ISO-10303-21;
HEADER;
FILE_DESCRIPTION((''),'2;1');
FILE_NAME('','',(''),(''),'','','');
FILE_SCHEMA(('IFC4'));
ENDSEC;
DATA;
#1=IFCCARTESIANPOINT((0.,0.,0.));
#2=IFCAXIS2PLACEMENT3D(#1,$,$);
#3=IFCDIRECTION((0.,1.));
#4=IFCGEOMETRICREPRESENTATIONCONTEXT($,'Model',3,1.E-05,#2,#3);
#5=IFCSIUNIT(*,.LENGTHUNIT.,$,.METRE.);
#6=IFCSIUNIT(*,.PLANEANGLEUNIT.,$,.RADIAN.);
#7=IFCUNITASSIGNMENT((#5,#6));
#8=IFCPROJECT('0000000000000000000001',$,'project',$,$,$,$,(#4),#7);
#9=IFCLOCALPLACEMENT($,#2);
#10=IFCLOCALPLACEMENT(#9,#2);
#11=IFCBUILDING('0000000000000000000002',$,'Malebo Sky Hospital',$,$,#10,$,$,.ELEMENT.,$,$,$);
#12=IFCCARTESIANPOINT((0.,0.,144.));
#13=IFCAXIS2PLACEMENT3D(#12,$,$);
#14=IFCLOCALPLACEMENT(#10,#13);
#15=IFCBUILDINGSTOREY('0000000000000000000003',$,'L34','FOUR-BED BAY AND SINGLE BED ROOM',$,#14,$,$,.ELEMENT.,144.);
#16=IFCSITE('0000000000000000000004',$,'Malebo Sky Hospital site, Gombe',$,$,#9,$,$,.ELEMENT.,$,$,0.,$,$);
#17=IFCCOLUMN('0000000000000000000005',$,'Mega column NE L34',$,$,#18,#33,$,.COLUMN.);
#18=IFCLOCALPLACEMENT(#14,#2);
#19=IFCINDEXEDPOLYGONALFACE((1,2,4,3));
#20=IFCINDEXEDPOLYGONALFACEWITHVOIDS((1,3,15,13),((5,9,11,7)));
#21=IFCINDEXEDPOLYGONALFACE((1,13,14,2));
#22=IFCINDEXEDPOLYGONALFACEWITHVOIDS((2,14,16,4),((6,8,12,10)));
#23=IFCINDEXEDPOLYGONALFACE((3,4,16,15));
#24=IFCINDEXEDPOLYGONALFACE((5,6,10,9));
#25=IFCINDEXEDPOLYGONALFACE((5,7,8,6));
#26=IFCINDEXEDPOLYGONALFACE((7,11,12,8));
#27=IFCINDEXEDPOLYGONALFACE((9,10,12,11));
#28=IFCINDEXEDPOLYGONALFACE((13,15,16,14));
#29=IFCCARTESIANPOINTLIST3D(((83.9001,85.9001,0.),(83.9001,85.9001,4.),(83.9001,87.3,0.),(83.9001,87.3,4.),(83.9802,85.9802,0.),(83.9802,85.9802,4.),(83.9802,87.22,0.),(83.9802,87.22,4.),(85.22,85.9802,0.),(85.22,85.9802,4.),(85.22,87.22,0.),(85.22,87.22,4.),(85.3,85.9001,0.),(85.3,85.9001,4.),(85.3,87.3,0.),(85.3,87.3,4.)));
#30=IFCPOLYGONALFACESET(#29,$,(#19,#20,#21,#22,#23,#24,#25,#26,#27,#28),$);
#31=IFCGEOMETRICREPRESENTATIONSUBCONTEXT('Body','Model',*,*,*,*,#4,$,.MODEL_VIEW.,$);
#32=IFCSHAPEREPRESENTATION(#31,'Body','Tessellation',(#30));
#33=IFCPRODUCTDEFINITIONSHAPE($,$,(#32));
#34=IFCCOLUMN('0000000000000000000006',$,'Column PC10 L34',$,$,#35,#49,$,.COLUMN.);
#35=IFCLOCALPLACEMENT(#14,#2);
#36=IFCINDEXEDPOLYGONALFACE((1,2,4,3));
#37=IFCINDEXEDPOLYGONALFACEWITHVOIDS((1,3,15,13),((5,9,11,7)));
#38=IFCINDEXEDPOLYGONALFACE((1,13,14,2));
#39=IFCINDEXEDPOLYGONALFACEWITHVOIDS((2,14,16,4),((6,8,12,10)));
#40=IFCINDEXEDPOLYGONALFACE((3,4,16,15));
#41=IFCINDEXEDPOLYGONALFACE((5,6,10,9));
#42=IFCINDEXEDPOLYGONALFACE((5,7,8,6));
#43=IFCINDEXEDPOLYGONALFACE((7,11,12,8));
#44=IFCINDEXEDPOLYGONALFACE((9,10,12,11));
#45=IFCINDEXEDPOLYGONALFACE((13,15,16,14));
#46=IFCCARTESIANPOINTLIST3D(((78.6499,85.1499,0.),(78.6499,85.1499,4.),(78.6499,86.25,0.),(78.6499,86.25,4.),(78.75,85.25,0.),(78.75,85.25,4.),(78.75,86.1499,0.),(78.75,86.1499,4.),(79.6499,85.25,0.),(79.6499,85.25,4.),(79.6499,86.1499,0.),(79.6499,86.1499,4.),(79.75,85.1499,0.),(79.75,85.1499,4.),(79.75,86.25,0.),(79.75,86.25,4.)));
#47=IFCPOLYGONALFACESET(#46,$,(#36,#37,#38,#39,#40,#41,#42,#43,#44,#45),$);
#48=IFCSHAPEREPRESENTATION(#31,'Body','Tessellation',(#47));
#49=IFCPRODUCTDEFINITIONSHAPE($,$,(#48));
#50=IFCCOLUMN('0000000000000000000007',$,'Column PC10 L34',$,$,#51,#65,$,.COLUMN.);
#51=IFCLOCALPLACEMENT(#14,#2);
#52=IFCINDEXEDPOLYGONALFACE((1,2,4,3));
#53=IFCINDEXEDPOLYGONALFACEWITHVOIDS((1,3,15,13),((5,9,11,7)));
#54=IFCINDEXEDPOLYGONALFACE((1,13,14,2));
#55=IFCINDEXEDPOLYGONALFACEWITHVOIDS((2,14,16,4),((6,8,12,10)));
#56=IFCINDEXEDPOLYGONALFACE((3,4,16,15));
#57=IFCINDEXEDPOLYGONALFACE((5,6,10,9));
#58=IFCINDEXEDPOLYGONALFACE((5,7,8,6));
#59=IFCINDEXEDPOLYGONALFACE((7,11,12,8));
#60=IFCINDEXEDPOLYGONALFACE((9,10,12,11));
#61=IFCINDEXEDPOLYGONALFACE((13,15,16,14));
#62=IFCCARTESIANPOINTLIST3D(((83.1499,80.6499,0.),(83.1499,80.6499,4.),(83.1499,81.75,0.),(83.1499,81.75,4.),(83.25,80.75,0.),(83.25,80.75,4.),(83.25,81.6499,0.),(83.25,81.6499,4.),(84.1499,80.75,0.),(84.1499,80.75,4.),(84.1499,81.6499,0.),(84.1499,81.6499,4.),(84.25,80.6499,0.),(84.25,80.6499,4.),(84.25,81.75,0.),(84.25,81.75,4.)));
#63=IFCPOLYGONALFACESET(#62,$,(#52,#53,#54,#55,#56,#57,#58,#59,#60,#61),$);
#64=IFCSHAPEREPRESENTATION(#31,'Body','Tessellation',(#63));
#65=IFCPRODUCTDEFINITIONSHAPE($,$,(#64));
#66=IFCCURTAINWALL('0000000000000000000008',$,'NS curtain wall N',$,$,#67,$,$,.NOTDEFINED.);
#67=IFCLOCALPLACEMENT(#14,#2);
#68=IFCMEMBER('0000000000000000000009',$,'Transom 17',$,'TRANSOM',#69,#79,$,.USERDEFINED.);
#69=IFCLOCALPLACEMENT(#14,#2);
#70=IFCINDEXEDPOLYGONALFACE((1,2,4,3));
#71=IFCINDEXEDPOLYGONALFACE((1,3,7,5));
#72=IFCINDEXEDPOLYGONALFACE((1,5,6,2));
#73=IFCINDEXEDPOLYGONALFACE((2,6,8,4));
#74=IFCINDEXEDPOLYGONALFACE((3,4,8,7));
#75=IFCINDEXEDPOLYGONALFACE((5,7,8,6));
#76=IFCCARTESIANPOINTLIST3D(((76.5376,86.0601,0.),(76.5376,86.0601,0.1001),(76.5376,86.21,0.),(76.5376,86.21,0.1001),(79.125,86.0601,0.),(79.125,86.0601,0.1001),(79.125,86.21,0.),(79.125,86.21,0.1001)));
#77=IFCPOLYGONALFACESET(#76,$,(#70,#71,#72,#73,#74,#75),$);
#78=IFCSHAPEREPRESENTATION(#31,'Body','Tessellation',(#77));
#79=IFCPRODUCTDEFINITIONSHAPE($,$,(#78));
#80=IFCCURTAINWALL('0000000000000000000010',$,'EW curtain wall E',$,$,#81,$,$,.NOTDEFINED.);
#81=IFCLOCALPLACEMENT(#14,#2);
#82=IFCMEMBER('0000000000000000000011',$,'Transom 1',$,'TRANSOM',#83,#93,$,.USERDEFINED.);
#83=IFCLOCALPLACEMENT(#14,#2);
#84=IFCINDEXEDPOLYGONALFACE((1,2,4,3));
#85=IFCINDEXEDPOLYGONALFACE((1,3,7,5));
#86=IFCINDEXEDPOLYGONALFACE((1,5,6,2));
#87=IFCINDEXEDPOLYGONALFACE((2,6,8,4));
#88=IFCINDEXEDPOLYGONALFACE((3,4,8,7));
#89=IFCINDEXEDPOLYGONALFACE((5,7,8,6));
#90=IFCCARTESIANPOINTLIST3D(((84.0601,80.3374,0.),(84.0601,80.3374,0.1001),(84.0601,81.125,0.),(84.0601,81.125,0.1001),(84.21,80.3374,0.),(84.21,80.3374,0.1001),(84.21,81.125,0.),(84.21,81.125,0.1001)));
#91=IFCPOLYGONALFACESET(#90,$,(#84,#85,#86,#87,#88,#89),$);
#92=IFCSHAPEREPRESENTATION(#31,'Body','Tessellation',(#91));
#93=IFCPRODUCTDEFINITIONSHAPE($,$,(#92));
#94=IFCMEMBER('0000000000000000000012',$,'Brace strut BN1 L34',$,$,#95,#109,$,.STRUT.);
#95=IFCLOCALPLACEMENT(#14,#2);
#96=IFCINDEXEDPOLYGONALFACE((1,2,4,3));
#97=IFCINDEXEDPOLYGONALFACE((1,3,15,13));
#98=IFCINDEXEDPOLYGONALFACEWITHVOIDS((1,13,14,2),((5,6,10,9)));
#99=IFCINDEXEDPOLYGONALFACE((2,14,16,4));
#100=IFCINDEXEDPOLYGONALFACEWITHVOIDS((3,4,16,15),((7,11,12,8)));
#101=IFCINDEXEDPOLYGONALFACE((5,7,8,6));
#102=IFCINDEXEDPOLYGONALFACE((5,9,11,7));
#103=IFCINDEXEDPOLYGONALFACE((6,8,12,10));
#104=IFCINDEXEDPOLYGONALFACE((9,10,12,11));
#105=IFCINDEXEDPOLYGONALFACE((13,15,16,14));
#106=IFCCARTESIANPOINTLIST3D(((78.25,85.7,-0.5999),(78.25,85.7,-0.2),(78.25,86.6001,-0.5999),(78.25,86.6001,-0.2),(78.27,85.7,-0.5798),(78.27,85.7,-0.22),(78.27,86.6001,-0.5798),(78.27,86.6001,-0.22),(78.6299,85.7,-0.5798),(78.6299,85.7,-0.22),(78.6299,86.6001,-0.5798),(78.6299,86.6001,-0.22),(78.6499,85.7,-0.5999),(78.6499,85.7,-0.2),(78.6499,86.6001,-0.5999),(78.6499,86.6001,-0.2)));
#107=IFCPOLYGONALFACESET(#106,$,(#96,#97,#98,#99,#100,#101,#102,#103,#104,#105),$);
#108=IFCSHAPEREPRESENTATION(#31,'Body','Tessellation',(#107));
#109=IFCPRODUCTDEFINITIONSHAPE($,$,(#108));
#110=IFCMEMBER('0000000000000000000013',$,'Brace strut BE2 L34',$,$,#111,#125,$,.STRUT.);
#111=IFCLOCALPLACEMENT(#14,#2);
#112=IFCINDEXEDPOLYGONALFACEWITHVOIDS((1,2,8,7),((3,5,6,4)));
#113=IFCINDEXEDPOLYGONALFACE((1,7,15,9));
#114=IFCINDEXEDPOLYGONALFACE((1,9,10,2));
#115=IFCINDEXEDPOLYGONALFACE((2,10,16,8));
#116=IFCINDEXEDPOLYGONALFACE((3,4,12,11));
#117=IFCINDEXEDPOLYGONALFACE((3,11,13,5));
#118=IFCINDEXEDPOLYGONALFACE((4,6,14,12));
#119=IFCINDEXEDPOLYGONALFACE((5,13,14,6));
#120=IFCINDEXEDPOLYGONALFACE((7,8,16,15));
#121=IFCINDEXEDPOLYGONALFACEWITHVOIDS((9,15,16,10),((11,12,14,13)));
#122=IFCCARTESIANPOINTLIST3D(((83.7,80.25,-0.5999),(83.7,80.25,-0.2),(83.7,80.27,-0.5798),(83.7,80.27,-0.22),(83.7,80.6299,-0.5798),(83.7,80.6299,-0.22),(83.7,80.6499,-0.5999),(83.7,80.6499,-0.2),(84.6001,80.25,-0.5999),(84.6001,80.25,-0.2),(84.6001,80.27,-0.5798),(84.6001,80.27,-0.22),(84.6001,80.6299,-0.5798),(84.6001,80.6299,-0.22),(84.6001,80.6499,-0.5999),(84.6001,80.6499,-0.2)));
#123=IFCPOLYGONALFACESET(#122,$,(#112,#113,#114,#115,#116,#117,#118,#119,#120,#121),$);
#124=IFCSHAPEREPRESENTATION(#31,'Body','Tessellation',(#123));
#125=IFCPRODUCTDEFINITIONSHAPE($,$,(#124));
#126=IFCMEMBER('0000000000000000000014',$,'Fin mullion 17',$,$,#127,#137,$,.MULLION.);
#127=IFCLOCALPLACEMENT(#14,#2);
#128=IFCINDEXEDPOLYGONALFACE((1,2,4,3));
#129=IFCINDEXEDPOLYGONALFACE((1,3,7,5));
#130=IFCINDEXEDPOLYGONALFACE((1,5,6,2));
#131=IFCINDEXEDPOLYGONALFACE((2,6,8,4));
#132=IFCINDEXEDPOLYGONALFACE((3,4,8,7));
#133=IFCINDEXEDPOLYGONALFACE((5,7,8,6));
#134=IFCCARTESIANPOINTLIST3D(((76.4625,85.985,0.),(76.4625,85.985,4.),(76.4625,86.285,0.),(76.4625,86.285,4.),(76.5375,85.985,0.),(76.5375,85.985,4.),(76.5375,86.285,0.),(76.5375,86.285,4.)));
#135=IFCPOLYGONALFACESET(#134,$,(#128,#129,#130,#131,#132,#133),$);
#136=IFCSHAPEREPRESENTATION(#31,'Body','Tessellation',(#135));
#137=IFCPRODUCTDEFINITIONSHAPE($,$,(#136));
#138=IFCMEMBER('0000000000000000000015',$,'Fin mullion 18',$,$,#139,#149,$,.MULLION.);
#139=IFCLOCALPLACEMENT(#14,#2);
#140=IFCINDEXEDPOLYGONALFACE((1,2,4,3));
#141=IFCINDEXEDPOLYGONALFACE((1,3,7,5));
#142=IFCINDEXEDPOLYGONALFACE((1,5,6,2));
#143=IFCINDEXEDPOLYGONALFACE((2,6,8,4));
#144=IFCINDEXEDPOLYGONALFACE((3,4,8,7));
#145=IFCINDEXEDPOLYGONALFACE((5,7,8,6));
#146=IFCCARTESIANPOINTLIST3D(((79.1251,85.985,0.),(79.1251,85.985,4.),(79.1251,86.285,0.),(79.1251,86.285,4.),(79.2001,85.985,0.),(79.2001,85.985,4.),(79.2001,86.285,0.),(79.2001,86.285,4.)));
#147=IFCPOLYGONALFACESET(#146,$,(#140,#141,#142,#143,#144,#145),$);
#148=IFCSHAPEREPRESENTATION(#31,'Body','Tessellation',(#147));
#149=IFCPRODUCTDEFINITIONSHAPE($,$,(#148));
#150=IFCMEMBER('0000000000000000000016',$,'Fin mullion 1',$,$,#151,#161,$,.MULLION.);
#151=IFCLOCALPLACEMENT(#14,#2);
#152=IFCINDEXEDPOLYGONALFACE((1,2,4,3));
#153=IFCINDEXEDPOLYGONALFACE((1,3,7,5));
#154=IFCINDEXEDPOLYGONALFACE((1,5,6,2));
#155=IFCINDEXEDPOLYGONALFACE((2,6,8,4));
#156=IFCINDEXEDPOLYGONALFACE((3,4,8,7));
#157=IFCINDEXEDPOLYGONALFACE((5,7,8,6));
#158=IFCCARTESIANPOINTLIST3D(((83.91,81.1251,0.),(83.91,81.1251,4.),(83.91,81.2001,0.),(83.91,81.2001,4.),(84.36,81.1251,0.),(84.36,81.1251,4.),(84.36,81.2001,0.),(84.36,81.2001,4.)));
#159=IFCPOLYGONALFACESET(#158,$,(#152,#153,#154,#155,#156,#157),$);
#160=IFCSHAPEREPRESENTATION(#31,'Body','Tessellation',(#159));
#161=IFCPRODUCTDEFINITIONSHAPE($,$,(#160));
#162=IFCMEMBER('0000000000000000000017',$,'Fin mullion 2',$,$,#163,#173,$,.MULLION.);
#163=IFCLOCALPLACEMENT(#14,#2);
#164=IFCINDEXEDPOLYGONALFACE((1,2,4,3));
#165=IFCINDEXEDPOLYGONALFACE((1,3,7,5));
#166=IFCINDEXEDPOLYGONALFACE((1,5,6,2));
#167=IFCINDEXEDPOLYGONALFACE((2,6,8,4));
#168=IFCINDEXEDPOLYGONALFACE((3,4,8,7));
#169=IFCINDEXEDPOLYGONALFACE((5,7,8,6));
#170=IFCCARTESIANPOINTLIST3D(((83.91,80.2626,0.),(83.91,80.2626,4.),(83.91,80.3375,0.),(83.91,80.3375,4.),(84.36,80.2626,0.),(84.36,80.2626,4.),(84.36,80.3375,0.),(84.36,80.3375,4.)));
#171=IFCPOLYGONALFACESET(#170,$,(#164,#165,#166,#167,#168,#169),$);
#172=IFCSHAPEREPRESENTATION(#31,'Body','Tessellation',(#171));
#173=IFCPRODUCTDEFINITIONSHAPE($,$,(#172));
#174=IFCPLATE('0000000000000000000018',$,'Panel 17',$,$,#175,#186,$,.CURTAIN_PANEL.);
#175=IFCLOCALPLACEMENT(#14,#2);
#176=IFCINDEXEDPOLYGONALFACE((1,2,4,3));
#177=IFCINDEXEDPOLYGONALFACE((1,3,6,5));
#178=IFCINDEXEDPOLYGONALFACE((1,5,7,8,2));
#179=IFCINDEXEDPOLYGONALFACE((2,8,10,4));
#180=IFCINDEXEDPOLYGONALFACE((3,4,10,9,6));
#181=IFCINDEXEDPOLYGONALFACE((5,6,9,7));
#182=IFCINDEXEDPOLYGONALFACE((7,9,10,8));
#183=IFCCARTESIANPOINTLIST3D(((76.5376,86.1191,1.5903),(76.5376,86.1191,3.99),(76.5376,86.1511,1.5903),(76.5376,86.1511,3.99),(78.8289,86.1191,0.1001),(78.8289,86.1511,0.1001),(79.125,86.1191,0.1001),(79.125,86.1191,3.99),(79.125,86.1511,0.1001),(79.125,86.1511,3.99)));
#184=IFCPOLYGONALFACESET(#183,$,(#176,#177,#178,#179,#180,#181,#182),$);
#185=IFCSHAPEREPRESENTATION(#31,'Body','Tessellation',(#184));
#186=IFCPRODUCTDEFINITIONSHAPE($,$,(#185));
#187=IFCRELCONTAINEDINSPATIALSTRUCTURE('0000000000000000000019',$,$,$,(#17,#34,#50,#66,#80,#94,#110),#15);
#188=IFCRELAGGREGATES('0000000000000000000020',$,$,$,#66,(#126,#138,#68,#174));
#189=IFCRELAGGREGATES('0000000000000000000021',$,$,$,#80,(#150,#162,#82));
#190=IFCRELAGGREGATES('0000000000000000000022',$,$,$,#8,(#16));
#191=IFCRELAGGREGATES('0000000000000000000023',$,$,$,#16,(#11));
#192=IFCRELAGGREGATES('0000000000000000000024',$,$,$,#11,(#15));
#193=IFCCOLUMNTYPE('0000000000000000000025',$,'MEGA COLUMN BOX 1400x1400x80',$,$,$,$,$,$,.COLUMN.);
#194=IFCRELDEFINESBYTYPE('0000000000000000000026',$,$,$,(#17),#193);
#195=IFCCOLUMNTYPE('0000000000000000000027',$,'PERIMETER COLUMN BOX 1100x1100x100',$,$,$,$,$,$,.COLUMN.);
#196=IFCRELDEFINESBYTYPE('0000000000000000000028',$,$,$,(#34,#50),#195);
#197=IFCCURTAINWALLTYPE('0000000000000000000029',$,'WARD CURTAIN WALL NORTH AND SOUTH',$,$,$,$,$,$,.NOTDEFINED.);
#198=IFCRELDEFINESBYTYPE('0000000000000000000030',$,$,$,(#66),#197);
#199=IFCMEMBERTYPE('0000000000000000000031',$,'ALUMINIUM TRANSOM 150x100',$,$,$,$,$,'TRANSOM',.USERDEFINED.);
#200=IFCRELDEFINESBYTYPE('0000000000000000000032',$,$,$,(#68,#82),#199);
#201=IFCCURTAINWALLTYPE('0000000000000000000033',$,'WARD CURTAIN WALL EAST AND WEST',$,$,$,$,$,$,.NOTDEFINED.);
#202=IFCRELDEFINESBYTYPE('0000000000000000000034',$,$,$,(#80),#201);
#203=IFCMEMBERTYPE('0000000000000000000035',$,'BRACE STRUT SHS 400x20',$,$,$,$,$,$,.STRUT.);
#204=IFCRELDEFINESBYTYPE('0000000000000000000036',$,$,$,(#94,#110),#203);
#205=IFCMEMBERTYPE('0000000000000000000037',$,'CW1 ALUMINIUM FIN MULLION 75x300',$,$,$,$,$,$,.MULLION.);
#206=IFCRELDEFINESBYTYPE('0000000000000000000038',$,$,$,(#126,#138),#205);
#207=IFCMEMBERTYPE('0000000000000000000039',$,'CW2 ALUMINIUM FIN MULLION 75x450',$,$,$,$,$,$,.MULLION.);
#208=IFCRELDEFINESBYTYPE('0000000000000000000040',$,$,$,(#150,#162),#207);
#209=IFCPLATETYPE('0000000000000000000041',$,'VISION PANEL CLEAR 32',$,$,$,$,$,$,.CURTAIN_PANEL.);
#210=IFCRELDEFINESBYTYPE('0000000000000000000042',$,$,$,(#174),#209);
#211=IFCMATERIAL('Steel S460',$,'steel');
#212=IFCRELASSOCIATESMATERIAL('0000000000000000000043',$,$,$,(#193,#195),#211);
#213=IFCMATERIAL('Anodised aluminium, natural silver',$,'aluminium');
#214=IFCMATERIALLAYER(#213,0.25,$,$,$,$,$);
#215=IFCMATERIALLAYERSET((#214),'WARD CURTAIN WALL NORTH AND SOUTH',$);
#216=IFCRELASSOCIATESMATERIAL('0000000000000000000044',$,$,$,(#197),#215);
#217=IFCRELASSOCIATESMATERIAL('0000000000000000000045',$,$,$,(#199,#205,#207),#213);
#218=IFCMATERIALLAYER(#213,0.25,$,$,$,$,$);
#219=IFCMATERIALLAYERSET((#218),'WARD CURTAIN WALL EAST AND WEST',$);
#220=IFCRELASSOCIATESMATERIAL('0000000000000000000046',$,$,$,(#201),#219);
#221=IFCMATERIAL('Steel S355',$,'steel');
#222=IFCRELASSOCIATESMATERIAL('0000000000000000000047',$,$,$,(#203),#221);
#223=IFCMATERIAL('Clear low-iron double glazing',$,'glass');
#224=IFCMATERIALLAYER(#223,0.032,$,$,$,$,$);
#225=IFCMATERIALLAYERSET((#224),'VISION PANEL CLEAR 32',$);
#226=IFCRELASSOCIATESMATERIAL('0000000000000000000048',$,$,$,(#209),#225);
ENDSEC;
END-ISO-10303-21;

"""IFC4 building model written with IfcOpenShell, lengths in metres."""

from ifc_helpers import new_model, si_unit, direction, frame, origin, origin_2d, place, context, subcontext, project, spatial, polyline, rectangle, hollow_rectangle, outline, extrude, material, layer, layer_set, material_profile, profile_set, type_object, element, aggregate, save


model = new_model("IFC4")

# Units and contexts
model_context = context("Model", 3, precision=1e-05, world=origin(), true_north=direction((0.0, 1.0)))
body_context = subcontext(model_context, "Body", "Model", "MODEL_VIEW")
ifc_project = project(units=[si_unit("LENGTHUNIT", "METRE"), si_unit("PLANEANGLEUNIT", "RADIAN")], contexts=[model_context])

# Site, building, storey
site_placement = place(None, origin())
site = spatial("IfcSite", under=ifc_project, at=site_placement, Name="Malebo Sky Hospital site, Gombe", CompositionType="ELEMENT", RefElevation=0.0)
building_placement = place(site_placement, origin())
building = spatial("IfcBuilding", under=site, at=building_placement, Name="Malebo Sky Hospital", CompositionType="ELEMENT")
storey_placement = place(building_placement, frame((0.0, 0.0, 144.0)))
storey = spatial("IfcBuildingStorey", under=building, at=storey_placement, Name="L34", Description="FOUR-BED BAY AND SINGLE BED ROOM", CompositionType="ELEMENT", Elevation=144.0)

# Columns
ifc_material_1 = material(Name="Steel S460", Category="steel")
ifc_material_profile_1 = material_profile(ifc_material_1, hollow_rectangle(XDim=1.3999, YDim=1.3999, WallThickness=0.0801, at=origin_2d()), Name="BOX 1400x1400x80")
ifc_profile_set_1 = profile_set([ifc_material_profile_1], Name="Steel S460")
column_type_1 = type_object("IfcColumnType", Name="MEGA COLUMN BOX 1400x1400x80", PredefinedType="COLUMN", material=ifc_profile_set_1)
column_placement = place(storey_placement, frame((84.6001, 86.6001, 0.0), z_axis=(0.0, 0.0, 1.0), x_axis=(1.0, 0.0, 0.0)))
element("IfcColumn", 1, at=column_placement, inside=storey, type_object=column_type_1, Name="Mega column NE L34", PredefinedType="COLUMN", context=body_context, shape_type="SweptSolid", body=[
    extrude(hollow_rectangle(XDim=1.3999, YDim=1.3999, WallThickness=0.0801, at=origin_2d()), origin(), (0.0, 0.0, 1.0), 4.0),
])
ifc_material_profile_2 = material_profile(ifc_material_1, hollow_rectangle(XDim=1.1001, YDim=1.1001, WallThickness=0.1001, at=origin_2d()), Name="BOX 1100x1100x100")
ifc_profile_set_2 = profile_set([ifc_material_profile_2], Name="Steel S460")
column_type_2 = type_object("IfcColumnType", Name="PERIMETER COLUMN BOX 1100x1100x100", PredefinedType="COLUMN", material=ifc_profile_set_2)
for number, where, z_axis, x_axis, name in (
    (2, (79.2, 85.7, 0.0), (0.0, 0.0, 1.0), (1.0, 0.0, 0.0), "Column PC10 L34"),
    (3, (83.7, 81.2, 0.0), (0.0, 0.0, 1.0), (1.0, 0.0, 0.0), "Column PC10 L34"),
):
    element("IfcColumn", number, at=place(storey_placement, frame(where, z_axis=z_axis, x_axis=x_axis)), inside=storey, type_object=column_type_2, Name=name, PredefinedType="COLUMN", context=body_context, shape_type="SweptSolid", body=[
        extrude(hollow_rectangle(XDim=1.1001, YDim=1.1001, WallThickness=0.1001, at=origin_2d()), origin(), (0.0, 0.0, 1.0), 4.0),
    ])

# Curtain walls, members
ifc_material_2 = material(Name="Anodised aluminium, natural silver", Category="aluminium")
ifc_layer_1 = layer(ifc_material_2, 0.25)
ifc_layer_set_1 = layer_set([ifc_layer_1], Name="WARD CURTAIN WALL NORTH AND SOUTH")
curtain_wall_type_1 = type_object("IfcCurtainWallType", Name="WARD CURTAIN WALL NORTH AND SOUTH", PredefinedType="NOTDEFINED", material=ifc_layer_set_1)
curtain_wall_1_placement = place(storey_placement, origin())
curtain_wall_1 = element("IfcCurtainWall", 4, at=curtain_wall_1_placement, inside=storey, type_object=curtain_wall_type_1, Name="NS curtain wall N", PredefinedType="NOTDEFINED")
ifc_material_profile_3 = material_profile(ifc_material_2, rectangle(XDim=0.1499, YDim=0.1001, at=origin_2d()), Name="ALUMINIUM TRANSOM 150x100")
ifc_profile_set_3 = profile_set([ifc_material_profile_3], Name="Anodised aluminium, natural silver")
member_type_1 = type_object("IfcMemberType", Name="ALUMINIUM TRANSOM 150x100", ElementType="TRANSOM", PredefinedType="USERDEFINED", material=ifc_profile_set_3)
member_1_placement = place(storey_placement, frame((76.5376, 86.135, 0.05), z_axis=(1.0, 0.0, 0.0), x_axis=(0.0, 1.0, 0.0)))
member_1 = element("IfcMember", 5, at=member_1_placement, type_object=member_type_1, Name="Transom 17", ObjectType="TRANSOM", PredefinedType="USERDEFINED", context=body_context, shape_type="SweptSolid", body=[
    extrude(rectangle(XDim=0.1499, YDim=0.1001, at=origin_2d()), origin(), (0.0, 0.0, 1.0), 2.5874),
])
ifc_layer_2 = layer(ifc_material_2, 0.25)
ifc_layer_set_2 = layer_set([ifc_layer_2], Name="WARD CURTAIN WALL EAST AND WEST")
curtain_wall_type_2 = type_object("IfcCurtainWallType", Name="WARD CURTAIN WALL EAST AND WEST", PredefinedType="NOTDEFINED", material=ifc_layer_set_2)
curtain_wall_2_placement = place(storey_placement, origin())
curtain_wall_2 = element("IfcCurtainWall", 6, at=curtain_wall_2_placement, inside=storey, type_object=curtain_wall_type_2, Name="EW curtain wall E", PredefinedType="NOTDEFINED")
member_2_placement = place(storey_placement, frame((84.135, 81.125, 0.05), z_axis=(0.0, -1.0, 0.0), x_axis=(1.0, 0.0, 0.0)))
member_2 = element("IfcMember", 7, at=member_2_placement, type_object=member_type_1, Name="Transom 1", ObjectType="TRANSOM", PredefinedType="USERDEFINED", context=body_context, shape_type="SweptSolid", body=[
    extrude(rectangle(XDim=0.1499, YDim=0.1001, at=origin_2d()), origin(), (0.0, 0.0, 1.0), 0.7876),
])

# Members
ifc_material_3 = material(Name="Steel S355", Category="steel")
ifc_material_profile_4 = material_profile(ifc_material_3, hollow_rectangle(XDim=0.3999, YDim=0.3999, WallThickness=0.02, at=origin_2d()), Name="SHS 400x20")
ifc_profile_set_4 = profile_set([ifc_material_profile_4], Name="Steel S355")
member_type_2 = type_object("IfcMemberType", Name="BRACE STRUT SHS 400x20", PredefinedType="STRUT", material=ifc_profile_set_4)
for number, where, z_axis, x_axis, name in (
    (8, (78.45, 86.6001, -0.3999), (0.0, -1.0, 0.0), (1.0, 0.0, 0.0), "Brace strut BN1 L34"),
    (9, (84.6001, 80.45, -0.3999), (-1.0, 0.0, 0.0), (0.0, -1.0, 0.0), "Brace strut BE2 L34"),
):
    element("IfcMember", number, at=place(storey_placement, frame(where, z_axis=z_axis, x_axis=x_axis)), inside=storey, type_object=member_type_2, Name=name, PredefinedType="STRUT", context=body_context, shape_type="SweptSolid", body=[
        extrude(hollow_rectangle(XDim=0.3999, YDim=0.3999, WallThickness=0.02, at=origin_2d()), origin(), (0.0, 0.0, 1.0), 0.9001),
    ])

# Members
ifc_material_profile_5 = material_profile(ifc_material_2, rectangle(XDim=0.075, YDim=0.3, at=origin_2d()), Name="CW1 ALUMINIUM FIN MULLION 75x300")
ifc_profile_set_5 = profile_set([ifc_material_profile_5], Name="Anodised aluminium, natural silver")
member_type_3 = type_object("IfcMemberType", Name="CW1 ALUMINIUM FIN MULLION 75x300", PredefinedType="MULLION", material=ifc_profile_set_5)
member_3_placement = place(storey_placement, frame((76.5, 86.135, 0.0), z_axis=(0.0, 0.0, 1.0), x_axis=(1.0, 0.0, 0.0)))
member_3 = element("IfcMember", 10, at=member_3_placement, type_object=member_type_3, Name="Fin mullion 17", PredefinedType="MULLION", context=body_context, shape_type="SweptSolid", body=[
    extrude(rectangle(XDim=0.075, YDim=0.3, at=origin_2d()), origin(), (0.0, 0.0, 1.0), 4.0),
])
member_4_placement = place(storey_placement, frame((79.1626, 86.135, 0.0), z_axis=(0.0, 0.0, 1.0), x_axis=(1.0, 0.0, 0.0)))
member_4 = element("IfcMember", 11, at=member_4_placement, type_object=member_type_3, Name="Fin mullion 18", PredefinedType="MULLION", context=body_context, shape_type="SweptSolid", body=[
    extrude(rectangle(XDim=0.075, YDim=0.3, at=origin_2d()), origin(), (0.0, 0.0, 1.0), 4.0),
])
ifc_material_profile_6 = material_profile(ifc_material_2, rectangle(XDim=0.075, YDim=0.45, at=origin_2d()), Name="CW2 ALUMINIUM FIN MULLION 75x450")
ifc_profile_set_6 = profile_set([ifc_material_profile_6], Name="Anodised aluminium, natural silver")
member_type_4 = type_object("IfcMemberType", Name="CW2 ALUMINIUM FIN MULLION 75x450", PredefinedType="MULLION", material=ifc_profile_set_6)
member_5_placement = place(storey_placement, frame((84.135, 81.1626, 0.0), z_axis=(0.0, 0.0, 1.0), x_axis=(0.0, -1.0, 0.0)))
member_5 = element("IfcMember", 12, at=member_5_placement, type_object=member_type_4, Name="Fin mullion 1", PredefinedType="MULLION", context=body_context, shape_type="SweptSolid", body=[
    extrude(rectangle(XDim=0.075, YDim=0.45, at=origin_2d()), origin(), (0.0, 0.0, 1.0), 4.0),
])
member_6_placement = place(storey_placement, frame((84.135, 80.3, 0.0), z_axis=(0.0, 0.0, 1.0), x_axis=(0.0, -1.0, 0.0)))
member_6 = element("IfcMember", 13, at=member_6_placement, type_object=member_type_4, Name="Fin mullion 2", PredefinedType="MULLION", context=body_context, shape_type="SweptSolid", body=[
    extrude(rectangle(XDim=0.075, YDim=0.45, at=origin_2d()), origin(), (0.0, 0.0, 1.0), 4.0),
])

# Plate
ifc_material_4 = material(Name="Clear low-iron double glazing", Category="glass")
ifc_layer_3 = layer(ifc_material_4, 0.032)
ifc_layer_set_3 = layer_set([ifc_layer_3], Name="VISION PANEL CLEAR 32")
plate_type = type_object("IfcPlateType", Name="VISION PANEL CLEAR 32", PredefinedType="CURTAIN_PANEL", material=ifc_layer_set_3)
plate_1_placement = place(storey_placement, frame((77.8313, 86.135, 0.1001), z_axis=(0.0, 0.0, 1.0), x_axis=(1.0, 0.0, 0.0)))
plate_1 = element("IfcPlate", 14, at=plate_1_placement, type_object=plate_type, Name="Panel 17", PredefinedType="CURTAIN_PANEL", context=body_context, shape_type="SweptSolid", body=[
    extrude(outline(polyline([(0.9976, 0.0), (1.2937, 0.0), (1.2937, 3.8899), (-1.2937, 3.8899), (-1.2937, 1.4902), (0.9976, 0.0)])), frame((0.0, 0.0161, 0.0), z_axis=(0.0, -1.0, 0.0), x_axis=(1.0, 0.0, 0.0)), (0.0, 0.0, 1.0), 0.032),
])
aggregate(curtain_wall_1, [member_3, member_4, member_1, plate_1])
aggregate(curtain_wall_2, [member_5, member_6, member_2])

save(model, "model.ifc")
